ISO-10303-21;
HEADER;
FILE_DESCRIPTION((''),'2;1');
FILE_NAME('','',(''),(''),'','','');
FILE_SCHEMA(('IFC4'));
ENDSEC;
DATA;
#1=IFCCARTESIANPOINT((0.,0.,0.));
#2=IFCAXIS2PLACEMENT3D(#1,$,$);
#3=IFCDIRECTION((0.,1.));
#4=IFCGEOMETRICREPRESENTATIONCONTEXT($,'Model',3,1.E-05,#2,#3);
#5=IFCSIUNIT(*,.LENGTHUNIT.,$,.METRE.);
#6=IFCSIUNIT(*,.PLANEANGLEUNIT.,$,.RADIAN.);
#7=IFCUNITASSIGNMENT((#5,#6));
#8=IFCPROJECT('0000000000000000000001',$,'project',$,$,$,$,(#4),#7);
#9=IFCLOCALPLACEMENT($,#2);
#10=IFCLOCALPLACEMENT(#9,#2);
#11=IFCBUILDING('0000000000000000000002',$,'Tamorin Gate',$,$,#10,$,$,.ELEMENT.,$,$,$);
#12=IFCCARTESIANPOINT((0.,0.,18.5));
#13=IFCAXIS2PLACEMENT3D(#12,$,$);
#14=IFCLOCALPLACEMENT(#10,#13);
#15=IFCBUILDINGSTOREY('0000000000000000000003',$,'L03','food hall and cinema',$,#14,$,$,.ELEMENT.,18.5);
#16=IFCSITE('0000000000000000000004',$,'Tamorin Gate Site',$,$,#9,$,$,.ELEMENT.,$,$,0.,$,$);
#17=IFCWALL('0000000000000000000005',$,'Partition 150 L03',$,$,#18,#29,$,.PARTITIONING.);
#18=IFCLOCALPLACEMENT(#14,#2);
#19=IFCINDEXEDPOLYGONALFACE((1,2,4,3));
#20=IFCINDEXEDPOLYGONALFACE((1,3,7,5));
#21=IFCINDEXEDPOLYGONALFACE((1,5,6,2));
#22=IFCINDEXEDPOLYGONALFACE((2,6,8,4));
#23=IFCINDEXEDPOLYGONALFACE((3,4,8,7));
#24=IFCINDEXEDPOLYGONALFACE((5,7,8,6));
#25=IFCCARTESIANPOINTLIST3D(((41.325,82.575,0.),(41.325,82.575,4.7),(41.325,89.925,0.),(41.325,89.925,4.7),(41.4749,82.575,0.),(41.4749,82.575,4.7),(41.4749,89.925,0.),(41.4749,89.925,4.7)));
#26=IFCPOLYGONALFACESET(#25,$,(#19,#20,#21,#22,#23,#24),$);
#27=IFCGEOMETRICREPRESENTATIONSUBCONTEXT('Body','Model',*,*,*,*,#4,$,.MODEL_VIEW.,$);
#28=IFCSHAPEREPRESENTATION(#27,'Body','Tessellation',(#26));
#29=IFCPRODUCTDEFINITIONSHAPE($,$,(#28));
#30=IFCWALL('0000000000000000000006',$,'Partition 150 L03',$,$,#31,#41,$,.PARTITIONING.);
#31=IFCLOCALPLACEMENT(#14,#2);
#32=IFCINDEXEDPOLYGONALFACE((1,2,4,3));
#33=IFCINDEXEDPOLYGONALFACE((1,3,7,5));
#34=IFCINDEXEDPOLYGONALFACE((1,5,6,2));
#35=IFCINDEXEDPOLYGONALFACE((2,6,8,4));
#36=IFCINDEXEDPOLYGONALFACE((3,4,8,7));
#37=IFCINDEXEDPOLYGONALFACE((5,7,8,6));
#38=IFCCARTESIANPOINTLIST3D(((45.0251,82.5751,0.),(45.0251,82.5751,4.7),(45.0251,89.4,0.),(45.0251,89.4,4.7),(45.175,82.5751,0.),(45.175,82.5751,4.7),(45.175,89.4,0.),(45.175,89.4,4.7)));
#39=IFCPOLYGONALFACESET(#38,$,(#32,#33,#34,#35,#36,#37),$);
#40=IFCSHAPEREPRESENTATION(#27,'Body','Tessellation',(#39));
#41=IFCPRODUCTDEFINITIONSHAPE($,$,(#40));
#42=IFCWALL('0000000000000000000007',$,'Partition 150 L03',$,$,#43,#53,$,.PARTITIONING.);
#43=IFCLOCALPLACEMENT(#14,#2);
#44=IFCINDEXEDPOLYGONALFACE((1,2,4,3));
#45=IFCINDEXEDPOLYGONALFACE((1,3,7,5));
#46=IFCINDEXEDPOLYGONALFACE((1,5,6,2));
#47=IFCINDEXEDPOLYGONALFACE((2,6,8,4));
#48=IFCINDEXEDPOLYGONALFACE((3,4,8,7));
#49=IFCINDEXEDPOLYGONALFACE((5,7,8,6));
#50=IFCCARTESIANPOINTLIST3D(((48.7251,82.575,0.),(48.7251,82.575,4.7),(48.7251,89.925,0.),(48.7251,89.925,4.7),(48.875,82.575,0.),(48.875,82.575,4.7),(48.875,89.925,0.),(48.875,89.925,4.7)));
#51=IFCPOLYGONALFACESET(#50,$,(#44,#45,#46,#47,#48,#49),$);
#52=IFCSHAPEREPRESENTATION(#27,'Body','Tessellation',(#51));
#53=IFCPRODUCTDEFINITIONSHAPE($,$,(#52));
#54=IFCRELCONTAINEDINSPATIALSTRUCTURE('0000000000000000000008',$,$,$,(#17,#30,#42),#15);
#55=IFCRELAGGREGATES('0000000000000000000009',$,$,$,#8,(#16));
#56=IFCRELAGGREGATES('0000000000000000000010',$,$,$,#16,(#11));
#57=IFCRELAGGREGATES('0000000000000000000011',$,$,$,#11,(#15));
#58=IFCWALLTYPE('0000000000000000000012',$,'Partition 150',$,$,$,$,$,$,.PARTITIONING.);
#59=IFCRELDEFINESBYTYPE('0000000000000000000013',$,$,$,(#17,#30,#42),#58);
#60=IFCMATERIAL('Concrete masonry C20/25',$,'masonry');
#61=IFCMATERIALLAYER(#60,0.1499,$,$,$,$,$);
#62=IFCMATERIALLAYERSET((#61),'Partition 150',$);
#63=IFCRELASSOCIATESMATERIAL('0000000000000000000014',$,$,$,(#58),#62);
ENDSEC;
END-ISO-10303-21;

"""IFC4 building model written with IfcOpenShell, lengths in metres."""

from ifc_helpers import new_model, si_unit, direction, frame, frame_2d, origin, place, context, subcontext, project, spatial, rectangle, extrude, material, layer, layer_set, type_object, element, save


model = new_model("IFC4")

# Units and contexts
model_context = context("Model", 3, precision=1e-05, world=origin(), true_north=direction((0.0, 1.0)))
body_context = subcontext(model_context, "Body", "Model", "MODEL_VIEW")
ifc_project = project(units=[si_unit("LENGTHUNIT", "METRE"), si_unit("PLANEANGLEUNIT", "RADIAN")], contexts=[model_context])

# Site, building, storey
site_placement = place(None, origin())
site = spatial("IfcSite", under=ifc_project, at=site_placement, Name="Tamorin Gate Site", CompositionType="ELEMENT", RefElevation=0.0)
building_placement = place(site_placement, origin())
building = spatial("IfcBuilding", under=site, at=building_placement, Name="Tamorin Gate", CompositionType="ELEMENT")
storey_placement = place(building_placement, frame((0.0, 0.0, 18.5)))
storey = spatial("IfcBuildingStorey", under=building, at=storey_placement, Name="L03", Description="food hall and cinema", CompositionType="ELEMENT", Elevation=18.5)

# Shared definitions
ifc_material_1 = material(Name="Concrete masonry C20/25", Category="masonry")
ifc_layer_1 = layer(ifc_material_1, 0.1499)
ifc_layer_set_1 = layer_set([ifc_layer_1], Name="Partition 150")
wall_type_1 = type_object("IfcWallType", Name="Partition 150", PredefinedType="PARTITIONING", material=ifc_layer_set_1)

# Walls
wall_1_placement = place(storey_placement, frame((41.3999, 82.575, 0.0), z_axis=(0.0, 0.0, 1.0), x_axis=(0.0, 1.0, 0.0)))
element("IfcWall", 1, at=wall_1_placement, inside=storey, type_object=wall_type_1, Name="Partition 150 L03", PredefinedType="PARTITIONING", context=body_context, shape_type="SweptSolid", body=[
    extrude(rectangle(XDim=7.3501, YDim=0.1499, at=frame_2d((3.675, 0.0))), origin(), (0.0, 0.0, 1.0), 4.7),
])
wall_2_placement = place(storey_placement, frame((45.1001, 82.575, 0.0), z_axis=(0.0, 0.0, 1.0), x_axis=(0.0, 1.0, 0.0)))
element("IfcWall", 2, at=wall_2_placement, inside=storey, type_object=wall_type_1, Name="Partition 150 L03", PredefinedType="PARTITIONING", context=body_context, shape_type="SweptSolid", body=[
    extrude(rectangle(XDim=6.825, YDim=0.1499, at=frame_2d((3.4126, 0.0))), origin(), (0.0, 0.0, 1.0), 4.7),
])
wall_3_placement = place(storey_placement, frame((48.8, 82.575, 0.0), z_axis=(0.0, 0.0, 1.0), x_axis=(0.0, 1.0, 0.0)))
element("IfcWall", 3, at=wall_3_placement, inside=storey, type_object=wall_type_1, Name="Partition 150 L03", PredefinedType="PARTITIONING", context=body_context, shape_type="SweptSolid", body=[
    extrude(rectangle(XDim=7.3501, YDim=0.1499, at=frame_2d((3.675, 0.0))), origin(), (0.0, 0.0, 1.0), 4.7),
])

save(model, "model.ifc")
